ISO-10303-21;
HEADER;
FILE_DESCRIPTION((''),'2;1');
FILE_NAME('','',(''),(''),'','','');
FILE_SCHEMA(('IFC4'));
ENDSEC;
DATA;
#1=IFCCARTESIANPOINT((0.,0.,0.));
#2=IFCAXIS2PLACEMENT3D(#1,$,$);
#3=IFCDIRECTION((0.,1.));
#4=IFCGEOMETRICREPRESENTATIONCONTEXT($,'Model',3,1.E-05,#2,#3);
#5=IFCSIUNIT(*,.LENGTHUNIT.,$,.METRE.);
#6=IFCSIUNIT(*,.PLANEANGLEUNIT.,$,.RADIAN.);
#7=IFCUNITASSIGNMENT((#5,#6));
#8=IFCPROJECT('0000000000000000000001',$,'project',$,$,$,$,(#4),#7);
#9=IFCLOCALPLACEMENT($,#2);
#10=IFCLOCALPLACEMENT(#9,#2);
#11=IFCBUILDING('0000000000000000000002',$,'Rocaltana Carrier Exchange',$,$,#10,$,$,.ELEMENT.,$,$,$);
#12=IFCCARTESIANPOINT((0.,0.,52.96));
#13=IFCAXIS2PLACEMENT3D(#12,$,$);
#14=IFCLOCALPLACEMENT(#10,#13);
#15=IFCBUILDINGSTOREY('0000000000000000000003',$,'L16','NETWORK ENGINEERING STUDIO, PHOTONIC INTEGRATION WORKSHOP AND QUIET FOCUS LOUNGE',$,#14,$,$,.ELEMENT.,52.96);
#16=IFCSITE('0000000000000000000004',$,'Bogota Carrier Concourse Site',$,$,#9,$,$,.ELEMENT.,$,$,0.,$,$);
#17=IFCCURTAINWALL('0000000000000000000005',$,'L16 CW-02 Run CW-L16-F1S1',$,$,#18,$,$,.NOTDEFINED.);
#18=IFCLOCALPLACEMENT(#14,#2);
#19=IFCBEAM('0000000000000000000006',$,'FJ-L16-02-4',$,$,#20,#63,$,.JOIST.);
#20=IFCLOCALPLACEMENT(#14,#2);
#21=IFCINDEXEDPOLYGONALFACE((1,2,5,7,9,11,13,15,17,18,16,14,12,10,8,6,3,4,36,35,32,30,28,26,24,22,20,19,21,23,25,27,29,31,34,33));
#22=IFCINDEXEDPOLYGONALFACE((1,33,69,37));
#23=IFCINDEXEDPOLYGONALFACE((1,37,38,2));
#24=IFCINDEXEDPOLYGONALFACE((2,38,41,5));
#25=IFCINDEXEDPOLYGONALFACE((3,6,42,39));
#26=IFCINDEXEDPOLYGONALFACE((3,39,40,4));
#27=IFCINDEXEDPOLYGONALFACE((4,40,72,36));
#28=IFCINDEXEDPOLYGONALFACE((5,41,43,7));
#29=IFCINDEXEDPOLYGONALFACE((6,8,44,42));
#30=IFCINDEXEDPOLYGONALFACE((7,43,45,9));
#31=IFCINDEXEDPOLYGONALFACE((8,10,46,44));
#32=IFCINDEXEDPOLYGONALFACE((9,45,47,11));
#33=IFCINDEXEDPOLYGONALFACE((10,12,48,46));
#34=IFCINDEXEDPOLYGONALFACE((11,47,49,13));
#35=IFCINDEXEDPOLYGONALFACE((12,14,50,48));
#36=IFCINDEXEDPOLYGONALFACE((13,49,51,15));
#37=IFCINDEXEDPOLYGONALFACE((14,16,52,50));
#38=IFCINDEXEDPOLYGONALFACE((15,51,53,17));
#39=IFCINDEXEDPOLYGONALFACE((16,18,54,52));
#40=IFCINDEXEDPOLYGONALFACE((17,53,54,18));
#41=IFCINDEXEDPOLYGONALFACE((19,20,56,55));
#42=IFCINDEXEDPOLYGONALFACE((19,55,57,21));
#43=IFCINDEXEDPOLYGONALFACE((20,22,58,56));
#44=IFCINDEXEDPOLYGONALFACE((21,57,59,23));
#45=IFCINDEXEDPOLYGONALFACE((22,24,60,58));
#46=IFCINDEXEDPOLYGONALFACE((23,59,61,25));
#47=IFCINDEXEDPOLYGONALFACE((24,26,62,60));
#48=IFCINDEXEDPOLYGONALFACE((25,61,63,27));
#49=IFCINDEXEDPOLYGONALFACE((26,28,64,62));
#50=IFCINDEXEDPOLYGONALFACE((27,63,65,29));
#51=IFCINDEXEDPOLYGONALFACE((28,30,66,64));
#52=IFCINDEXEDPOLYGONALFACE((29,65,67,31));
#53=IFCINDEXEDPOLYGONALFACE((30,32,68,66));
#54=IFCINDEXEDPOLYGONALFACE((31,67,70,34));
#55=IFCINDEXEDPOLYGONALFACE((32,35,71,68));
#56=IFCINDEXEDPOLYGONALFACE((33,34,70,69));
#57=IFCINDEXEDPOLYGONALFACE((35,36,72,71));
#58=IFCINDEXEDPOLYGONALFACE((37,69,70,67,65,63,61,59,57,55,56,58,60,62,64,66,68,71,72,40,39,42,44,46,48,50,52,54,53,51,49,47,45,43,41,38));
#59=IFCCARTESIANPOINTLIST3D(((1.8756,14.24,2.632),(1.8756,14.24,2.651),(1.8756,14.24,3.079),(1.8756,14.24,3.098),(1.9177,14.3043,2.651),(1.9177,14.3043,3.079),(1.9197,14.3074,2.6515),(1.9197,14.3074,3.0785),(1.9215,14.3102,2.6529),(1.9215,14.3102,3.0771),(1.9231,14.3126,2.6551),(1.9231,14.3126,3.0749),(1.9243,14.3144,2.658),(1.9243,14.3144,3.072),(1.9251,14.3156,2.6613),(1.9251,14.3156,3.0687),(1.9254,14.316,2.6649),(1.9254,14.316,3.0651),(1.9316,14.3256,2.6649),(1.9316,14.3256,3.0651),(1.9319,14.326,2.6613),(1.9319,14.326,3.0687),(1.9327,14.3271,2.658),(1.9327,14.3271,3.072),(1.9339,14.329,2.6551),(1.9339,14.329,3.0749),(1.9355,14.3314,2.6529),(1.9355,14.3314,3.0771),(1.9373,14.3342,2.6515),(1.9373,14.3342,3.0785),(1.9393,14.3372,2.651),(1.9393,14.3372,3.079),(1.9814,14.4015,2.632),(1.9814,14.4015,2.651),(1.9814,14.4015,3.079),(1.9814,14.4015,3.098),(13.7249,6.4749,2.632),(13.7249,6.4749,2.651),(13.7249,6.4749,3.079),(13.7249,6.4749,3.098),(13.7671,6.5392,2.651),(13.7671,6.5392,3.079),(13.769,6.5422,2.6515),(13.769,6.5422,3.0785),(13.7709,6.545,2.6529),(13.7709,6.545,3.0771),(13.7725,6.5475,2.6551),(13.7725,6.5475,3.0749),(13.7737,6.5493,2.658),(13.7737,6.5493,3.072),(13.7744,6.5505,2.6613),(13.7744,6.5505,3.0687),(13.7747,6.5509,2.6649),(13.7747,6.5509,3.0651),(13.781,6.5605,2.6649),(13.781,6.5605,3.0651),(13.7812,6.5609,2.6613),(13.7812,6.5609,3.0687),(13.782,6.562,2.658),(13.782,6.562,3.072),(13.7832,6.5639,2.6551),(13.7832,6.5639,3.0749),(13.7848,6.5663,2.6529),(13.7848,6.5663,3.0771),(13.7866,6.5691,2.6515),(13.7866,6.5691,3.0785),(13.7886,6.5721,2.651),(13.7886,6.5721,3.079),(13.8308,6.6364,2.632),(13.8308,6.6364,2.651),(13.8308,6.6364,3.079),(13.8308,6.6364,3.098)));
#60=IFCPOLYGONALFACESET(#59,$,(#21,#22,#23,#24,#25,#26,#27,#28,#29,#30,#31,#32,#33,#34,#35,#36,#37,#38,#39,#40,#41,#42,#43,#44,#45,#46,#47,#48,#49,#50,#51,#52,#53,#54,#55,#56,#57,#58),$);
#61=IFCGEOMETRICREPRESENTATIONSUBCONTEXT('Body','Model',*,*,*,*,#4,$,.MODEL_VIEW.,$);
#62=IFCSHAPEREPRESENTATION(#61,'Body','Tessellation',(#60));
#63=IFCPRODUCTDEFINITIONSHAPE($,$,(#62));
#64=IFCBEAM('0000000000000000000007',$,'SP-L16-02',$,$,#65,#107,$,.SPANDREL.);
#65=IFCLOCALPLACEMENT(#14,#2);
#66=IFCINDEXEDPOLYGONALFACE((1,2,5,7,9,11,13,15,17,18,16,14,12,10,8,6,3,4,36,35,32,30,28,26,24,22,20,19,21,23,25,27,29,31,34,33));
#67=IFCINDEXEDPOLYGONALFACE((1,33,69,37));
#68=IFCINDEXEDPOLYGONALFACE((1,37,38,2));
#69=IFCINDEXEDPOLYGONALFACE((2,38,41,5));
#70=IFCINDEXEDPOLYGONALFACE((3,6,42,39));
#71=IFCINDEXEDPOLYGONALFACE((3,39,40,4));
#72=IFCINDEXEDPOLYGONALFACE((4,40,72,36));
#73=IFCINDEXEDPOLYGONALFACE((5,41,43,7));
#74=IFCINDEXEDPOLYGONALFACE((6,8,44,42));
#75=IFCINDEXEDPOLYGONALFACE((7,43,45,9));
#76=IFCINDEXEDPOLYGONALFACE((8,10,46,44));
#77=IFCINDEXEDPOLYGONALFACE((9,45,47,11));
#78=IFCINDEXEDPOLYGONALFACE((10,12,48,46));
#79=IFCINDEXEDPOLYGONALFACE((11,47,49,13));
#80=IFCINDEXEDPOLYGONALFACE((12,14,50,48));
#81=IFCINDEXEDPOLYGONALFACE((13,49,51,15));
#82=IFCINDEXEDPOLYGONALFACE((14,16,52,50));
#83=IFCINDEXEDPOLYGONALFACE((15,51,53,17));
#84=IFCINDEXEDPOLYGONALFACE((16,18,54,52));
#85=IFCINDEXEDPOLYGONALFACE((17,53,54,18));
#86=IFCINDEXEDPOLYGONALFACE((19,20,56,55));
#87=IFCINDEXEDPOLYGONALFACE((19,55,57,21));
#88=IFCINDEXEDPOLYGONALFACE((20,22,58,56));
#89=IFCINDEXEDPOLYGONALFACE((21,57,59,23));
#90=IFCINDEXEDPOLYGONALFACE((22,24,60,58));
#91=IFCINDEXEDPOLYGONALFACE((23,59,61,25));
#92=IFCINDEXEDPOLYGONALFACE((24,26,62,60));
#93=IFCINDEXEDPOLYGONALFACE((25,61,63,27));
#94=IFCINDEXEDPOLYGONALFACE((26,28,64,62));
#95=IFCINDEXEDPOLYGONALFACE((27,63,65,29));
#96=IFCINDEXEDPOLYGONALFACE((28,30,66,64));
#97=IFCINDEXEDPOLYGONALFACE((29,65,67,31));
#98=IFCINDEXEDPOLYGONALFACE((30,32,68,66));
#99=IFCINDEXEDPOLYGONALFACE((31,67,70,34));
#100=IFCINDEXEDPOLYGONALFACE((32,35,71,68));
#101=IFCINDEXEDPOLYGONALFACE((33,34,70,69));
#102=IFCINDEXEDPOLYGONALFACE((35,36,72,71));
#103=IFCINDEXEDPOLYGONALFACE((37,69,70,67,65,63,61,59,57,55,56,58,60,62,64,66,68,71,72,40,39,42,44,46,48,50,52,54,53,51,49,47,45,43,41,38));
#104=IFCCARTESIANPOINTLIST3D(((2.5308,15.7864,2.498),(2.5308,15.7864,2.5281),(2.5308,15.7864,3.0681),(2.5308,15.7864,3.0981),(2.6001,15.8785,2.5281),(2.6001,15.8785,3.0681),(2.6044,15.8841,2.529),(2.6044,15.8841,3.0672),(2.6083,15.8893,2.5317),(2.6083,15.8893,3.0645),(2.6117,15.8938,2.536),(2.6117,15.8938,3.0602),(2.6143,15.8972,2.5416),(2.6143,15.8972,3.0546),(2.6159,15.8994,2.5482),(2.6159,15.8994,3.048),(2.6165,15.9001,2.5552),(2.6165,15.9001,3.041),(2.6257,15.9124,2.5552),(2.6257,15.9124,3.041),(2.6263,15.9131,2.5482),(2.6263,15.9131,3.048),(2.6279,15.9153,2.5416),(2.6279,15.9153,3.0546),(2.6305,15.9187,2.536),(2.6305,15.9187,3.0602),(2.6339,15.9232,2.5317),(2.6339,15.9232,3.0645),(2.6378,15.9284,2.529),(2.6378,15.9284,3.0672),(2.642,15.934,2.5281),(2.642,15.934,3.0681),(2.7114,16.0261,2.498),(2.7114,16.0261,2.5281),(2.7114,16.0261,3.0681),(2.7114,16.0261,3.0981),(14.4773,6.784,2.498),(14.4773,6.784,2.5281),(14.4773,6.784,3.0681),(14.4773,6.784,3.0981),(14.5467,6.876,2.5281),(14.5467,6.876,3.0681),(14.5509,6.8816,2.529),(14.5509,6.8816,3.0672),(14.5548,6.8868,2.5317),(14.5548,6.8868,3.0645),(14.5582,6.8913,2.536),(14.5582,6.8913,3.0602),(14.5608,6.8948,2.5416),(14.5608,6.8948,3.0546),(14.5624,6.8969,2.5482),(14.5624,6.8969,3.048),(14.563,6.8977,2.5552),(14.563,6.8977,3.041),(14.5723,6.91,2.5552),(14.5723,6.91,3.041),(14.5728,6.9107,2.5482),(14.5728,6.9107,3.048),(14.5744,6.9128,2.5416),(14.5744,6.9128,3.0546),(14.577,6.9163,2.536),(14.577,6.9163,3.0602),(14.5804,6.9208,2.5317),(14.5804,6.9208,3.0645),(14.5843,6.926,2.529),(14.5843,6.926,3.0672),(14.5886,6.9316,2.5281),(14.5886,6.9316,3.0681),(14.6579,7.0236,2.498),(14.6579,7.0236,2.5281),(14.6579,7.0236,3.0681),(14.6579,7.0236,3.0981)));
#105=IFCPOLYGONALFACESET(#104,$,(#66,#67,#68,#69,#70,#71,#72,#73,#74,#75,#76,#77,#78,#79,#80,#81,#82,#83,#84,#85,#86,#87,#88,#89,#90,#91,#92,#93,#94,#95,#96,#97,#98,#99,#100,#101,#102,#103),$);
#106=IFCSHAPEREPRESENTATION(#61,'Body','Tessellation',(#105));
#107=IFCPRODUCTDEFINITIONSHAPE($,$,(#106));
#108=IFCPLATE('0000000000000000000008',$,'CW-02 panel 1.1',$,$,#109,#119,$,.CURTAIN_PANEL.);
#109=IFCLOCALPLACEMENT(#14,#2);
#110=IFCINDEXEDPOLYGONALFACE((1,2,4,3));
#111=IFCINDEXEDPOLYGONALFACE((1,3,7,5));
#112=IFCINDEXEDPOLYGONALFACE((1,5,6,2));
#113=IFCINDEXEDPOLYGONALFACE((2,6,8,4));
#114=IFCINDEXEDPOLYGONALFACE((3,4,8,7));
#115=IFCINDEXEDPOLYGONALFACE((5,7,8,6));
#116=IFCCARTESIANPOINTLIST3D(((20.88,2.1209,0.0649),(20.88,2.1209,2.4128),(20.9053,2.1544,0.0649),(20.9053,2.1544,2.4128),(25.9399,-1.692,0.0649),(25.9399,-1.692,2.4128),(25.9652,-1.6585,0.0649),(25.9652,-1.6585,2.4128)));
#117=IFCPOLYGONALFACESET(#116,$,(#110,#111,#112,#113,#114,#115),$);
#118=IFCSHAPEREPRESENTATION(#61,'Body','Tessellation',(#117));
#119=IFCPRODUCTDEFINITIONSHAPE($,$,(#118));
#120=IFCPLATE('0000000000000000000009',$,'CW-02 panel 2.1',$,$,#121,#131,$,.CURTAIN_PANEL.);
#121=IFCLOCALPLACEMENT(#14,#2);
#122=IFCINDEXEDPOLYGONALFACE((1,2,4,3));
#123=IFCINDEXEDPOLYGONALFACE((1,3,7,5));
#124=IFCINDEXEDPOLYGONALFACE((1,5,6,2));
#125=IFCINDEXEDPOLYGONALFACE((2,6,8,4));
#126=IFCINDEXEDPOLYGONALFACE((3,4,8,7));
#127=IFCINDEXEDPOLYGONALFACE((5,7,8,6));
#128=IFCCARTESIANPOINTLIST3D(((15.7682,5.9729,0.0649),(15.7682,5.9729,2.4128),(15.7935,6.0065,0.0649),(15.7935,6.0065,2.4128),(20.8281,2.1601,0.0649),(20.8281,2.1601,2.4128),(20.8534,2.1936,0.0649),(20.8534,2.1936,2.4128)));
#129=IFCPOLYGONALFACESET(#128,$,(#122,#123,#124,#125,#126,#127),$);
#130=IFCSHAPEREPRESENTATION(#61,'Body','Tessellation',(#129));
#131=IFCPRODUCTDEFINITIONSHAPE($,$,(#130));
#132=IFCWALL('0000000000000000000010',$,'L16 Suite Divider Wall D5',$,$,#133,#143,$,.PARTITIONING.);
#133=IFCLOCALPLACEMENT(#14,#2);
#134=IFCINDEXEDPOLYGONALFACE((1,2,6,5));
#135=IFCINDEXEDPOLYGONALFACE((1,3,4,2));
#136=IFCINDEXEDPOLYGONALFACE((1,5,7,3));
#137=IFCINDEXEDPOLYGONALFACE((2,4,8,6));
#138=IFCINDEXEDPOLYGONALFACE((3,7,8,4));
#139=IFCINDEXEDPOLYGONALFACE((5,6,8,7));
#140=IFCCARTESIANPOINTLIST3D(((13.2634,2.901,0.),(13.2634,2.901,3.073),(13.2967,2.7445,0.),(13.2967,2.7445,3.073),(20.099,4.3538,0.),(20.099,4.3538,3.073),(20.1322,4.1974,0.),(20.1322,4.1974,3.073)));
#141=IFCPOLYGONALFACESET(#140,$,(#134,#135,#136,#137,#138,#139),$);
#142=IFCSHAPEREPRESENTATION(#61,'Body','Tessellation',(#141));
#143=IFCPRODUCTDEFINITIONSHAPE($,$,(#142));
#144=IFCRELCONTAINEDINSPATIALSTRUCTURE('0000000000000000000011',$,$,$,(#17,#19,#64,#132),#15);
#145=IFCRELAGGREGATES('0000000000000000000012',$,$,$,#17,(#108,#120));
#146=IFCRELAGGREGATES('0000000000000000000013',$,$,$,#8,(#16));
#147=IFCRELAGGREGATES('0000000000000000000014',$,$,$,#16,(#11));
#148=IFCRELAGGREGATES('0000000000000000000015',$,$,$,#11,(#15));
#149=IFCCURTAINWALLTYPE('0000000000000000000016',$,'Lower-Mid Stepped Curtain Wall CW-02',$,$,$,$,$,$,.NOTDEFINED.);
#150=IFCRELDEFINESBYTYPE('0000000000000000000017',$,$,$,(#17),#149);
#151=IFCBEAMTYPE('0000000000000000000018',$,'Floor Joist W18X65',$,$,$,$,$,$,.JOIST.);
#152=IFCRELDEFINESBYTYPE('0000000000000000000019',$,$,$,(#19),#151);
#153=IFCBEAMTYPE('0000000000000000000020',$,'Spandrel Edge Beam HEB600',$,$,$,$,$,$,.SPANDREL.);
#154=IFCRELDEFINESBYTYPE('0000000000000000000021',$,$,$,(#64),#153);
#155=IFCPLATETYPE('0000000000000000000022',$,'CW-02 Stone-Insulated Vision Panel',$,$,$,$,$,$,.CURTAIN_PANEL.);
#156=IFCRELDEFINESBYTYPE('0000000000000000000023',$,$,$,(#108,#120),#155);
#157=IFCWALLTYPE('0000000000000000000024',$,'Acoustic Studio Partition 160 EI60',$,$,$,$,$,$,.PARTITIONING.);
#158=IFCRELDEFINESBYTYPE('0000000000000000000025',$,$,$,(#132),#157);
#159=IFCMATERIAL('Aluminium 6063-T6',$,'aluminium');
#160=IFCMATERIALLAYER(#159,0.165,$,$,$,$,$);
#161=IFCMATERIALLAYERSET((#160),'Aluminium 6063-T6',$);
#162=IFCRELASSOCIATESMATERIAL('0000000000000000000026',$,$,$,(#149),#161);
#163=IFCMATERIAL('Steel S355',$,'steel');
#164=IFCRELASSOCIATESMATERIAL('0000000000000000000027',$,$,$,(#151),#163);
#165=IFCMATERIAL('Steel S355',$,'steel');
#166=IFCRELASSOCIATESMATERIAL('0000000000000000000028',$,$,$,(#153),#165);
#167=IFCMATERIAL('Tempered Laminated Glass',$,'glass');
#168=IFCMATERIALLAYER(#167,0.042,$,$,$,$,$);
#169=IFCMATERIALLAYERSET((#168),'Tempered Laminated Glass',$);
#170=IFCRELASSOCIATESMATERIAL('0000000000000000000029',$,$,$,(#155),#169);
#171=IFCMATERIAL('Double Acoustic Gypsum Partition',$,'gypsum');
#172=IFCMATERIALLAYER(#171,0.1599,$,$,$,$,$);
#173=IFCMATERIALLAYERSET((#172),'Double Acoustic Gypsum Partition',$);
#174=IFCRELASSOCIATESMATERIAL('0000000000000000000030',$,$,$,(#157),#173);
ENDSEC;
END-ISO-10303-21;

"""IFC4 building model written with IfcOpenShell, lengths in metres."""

from ifc_helpers import new_model, si_unit, direction, frame, frame_2d, origin, origin_2d, place, context, subcontext, project, spatial, rectangle, i_section, extrude, material, layer, layer_set, material_profile, profile_set, type_object, element, aggregate, save


model = new_model("IFC4")

# Units and contexts
model_context = context("Model", 3, precision=1e-05, world=origin(), true_north=direction((0.0, 1.0)))
body_context = subcontext(model_context, "Body", "Model", "MODEL_VIEW")
ifc_project = project(units=[si_unit("LENGTHUNIT", "METRE"), si_unit("PLANEANGLEUNIT", "RADIAN")], contexts=[model_context])

# Site, building, storey
site_placement = place(None, origin())
site = spatial("IfcSite", under=ifc_project, at=site_placement, Name="Bogota Carrier Concourse Site", CompositionType="ELEMENT", RefElevation=0.0)
building_placement = place(site_placement, origin())
building = spatial("IfcBuilding", under=site, at=building_placement, Name="Rocaltana Carrier Exchange", CompositionType="ELEMENT")
storey_placement = place(building_placement, frame((0.0, 0.0, 52.96)))
storey = spatial("IfcBuildingStorey", under=building, at=storey_placement, Name="L16", Description="NETWORK ENGINEERING STUDIO, PHOTONIC INTEGRATION WORKSHOP AND QUIET FOCUS LOUNGE", CompositionType="ELEMENT", Elevation=52.96)

# Curtain wall
ifc_material_1 = material(Name="Aluminium 6063-T6", Category="aluminium")
ifc_layer_1 = layer(ifc_material_1, 0.165)
ifc_layer_set_1 = layer_set([ifc_layer_1], Name="Aluminium 6063-T6")
curtain_wall_type = type_object("IfcCurtainWallType", Name="Lower-Mid Stepped Curtain Wall CW-02", PredefinedType="NOTDEFINED", material=ifc_layer_set_1)
curtain_wall_1_placement = place(storey_placement, origin())
curtain_wall_1 = element("IfcCurtainWall", 1, at=curtain_wall_1_placement, inside=storey, type_object=curtain_wall_type, Name="L16 CW-02 Run CW-L16-F1S1", PredefinedType="NOTDEFINED")

# Beams
ifc_material_2 = material(Name="Steel S355", Category="steel")
ifc_material_profile_1 = material_profile(ifc_material_2, i_section(OverallWidth=0.1931, OverallDepth=0.4661, WebThickness=0.0115, FlangeThickness=0.019, FilletRadius=0.0139, at=origin_2d()), Name="W18X65")
ifc_profile_set_1 = profile_set([ifc_material_profile_1], Name="Steel S355")
beam_type_1 = type_object("IfcBeamType", Name="Floor Joist W18X65", PredefinedType="JOIST", material=ifc_profile_set_1)
beam_1_placement = place(storey_placement, frame((13.7778, 6.5557, 2.865), z_axis=(-0.836404, 0.548113, 0.0), x_axis=(-0.548113, -0.836404, 0.0)))
element("IfcBeam", 2, at=beam_1_placement, inside=storey, type_object=beam_type_1, Name="FJ-L16-02-4", PredefinedType="JOIST", context=body_context, shape_type="SweptSolid", body=[
    extrude(i_section(OverallWidth=0.1931, OverallDepth=0.4661, WebThickness=0.0115, FlangeThickness=0.019, FilletRadius=0.0139, at=origin_2d()), origin(), (0.0, 0.0, 1.0), 14.167),
])
ifc_material_3 = material(Name="Steel S355", Category="steel")
ifc_material_profile_2 = material_profile(ifc_material_3, i_section(OverallWidth=0.3, OverallDepth=0.6001, WebThickness=0.0154, FlangeThickness=0.03, FilletRadius=0.0271, at=origin_2d()), Name="HEB600")
ifc_profile_set_2 = profile_set([ifc_material_profile_2], Name="Steel S355")
beam_type_2 = type_object("IfcBeamType", Name="Spandrel Edge Beam HEB600", PredefinedType="SPANDREL", material=ifc_profile_set_2)
beam_2_placement = place(storey_placement, frame((14.5676, 6.9038, 2.7981), z_axis=(-0.798633, 0.601819, 0.0), x_axis=(-0.601819, -0.798633, 0.0)))
element("IfcBeam", 3, at=beam_2_placement, inside=storey, type_object=beam_type_2, Name="SP-L16-02", PredefinedType="SPANDREL", context=body_context, shape_type="SweptSolid", body=[
    extrude(i_section(OverallWidth=0.3, OverallDepth=0.6001, WebThickness=0.0154, FlangeThickness=0.03, FilletRadius=0.0271, at=origin_2d()), origin(), (0.0, 0.0, 1.0), 14.9587),
])

# Plates
ifc_material_4 = material(Name="Tempered Laminated Glass", Category="glass")
ifc_layer_2 = layer(ifc_material_4, 0.042)
ifc_layer_set_2 = layer_set([ifc_layer_2], Name="Tempered Laminated Glass")
plate_type = type_object("IfcPlateType", Name="CW-02 Stone-Insulated Vision Panel", PredefinedType="CURTAIN_PANEL", material=ifc_layer_set_2)
plate_1_placement = place(storey_placement, frame((23.4226, 0.2312, 0.0649), z_axis=(0.0, 0.0, 1.0), x_axis=(-0.798642, 0.601807, 0.0)))
plate_1 = element("IfcPlate", 4, at=plate_1_placement, type_object=plate_type, Name="CW-02 panel 1.1", PredefinedType="CURTAIN_PANEL", context=body_context, shape_type="SweptSolid", body=[
    extrude(rectangle(XDim=6.3357, YDim=0.042, at=origin_2d()), origin(), (0.0, 0.0, 1.0), 2.3479),
])
plate_2_placement = place(storey_placement, frame((18.3108, 4.0833, 0.0649), z_axis=(0.0, 0.0, 1.0), x_axis=(-0.798642, 0.601807, 0.0)))
plate_2 = element("IfcPlate", 5, at=plate_2_placement, type_object=plate_type, Name="CW-02 panel 2.1", PredefinedType="CURTAIN_PANEL", context=body_context, shape_type="SweptSolid", body=[
    extrude(rectangle(XDim=6.3357, YDim=0.042, at=origin_2d()), origin(), (0.0, 0.0, 1.0), 2.3479),
])
aggregate(curtain_wall_1, [plate_1, plate_2])

# Wall
ifc_material_5 = material(Name="Double Acoustic Gypsum Partition", Category="gypsum")
ifc_layer_3 = layer(ifc_material_5, 0.1599)
ifc_layer_set_3 = layer_set([ifc_layer_3], Name="Double Acoustic Gypsum Partition")
wall_type_1 = type_object("IfcWallType", Name="Acoustic Studio Partition 160 EI60", PredefinedType="PARTITIONING", material=ifc_layer_set_3)
wall_1_placement = place(storey_placement, frame((13.28, 2.8228, 0.0), z_axis=(0.0, 0.0, 1.0), x_axis=(0.97815, 0.207899, 0.0)))
element("IfcWall", 6, at=wall_1_placement, inside=storey, type_object=wall_type_1, Name="L16 Suite Divider Wall D5", PredefinedType="PARTITIONING", context=body_context, shape_type="SweptSolid", body=[
    extrude(rectangle(XDim=6.9883, YDim=0.1599, at=frame_2d((3.4941, 0.0))), origin(), (0.0, 0.0, 1.0), 3.073),
])

save(model, "model.ifc")
